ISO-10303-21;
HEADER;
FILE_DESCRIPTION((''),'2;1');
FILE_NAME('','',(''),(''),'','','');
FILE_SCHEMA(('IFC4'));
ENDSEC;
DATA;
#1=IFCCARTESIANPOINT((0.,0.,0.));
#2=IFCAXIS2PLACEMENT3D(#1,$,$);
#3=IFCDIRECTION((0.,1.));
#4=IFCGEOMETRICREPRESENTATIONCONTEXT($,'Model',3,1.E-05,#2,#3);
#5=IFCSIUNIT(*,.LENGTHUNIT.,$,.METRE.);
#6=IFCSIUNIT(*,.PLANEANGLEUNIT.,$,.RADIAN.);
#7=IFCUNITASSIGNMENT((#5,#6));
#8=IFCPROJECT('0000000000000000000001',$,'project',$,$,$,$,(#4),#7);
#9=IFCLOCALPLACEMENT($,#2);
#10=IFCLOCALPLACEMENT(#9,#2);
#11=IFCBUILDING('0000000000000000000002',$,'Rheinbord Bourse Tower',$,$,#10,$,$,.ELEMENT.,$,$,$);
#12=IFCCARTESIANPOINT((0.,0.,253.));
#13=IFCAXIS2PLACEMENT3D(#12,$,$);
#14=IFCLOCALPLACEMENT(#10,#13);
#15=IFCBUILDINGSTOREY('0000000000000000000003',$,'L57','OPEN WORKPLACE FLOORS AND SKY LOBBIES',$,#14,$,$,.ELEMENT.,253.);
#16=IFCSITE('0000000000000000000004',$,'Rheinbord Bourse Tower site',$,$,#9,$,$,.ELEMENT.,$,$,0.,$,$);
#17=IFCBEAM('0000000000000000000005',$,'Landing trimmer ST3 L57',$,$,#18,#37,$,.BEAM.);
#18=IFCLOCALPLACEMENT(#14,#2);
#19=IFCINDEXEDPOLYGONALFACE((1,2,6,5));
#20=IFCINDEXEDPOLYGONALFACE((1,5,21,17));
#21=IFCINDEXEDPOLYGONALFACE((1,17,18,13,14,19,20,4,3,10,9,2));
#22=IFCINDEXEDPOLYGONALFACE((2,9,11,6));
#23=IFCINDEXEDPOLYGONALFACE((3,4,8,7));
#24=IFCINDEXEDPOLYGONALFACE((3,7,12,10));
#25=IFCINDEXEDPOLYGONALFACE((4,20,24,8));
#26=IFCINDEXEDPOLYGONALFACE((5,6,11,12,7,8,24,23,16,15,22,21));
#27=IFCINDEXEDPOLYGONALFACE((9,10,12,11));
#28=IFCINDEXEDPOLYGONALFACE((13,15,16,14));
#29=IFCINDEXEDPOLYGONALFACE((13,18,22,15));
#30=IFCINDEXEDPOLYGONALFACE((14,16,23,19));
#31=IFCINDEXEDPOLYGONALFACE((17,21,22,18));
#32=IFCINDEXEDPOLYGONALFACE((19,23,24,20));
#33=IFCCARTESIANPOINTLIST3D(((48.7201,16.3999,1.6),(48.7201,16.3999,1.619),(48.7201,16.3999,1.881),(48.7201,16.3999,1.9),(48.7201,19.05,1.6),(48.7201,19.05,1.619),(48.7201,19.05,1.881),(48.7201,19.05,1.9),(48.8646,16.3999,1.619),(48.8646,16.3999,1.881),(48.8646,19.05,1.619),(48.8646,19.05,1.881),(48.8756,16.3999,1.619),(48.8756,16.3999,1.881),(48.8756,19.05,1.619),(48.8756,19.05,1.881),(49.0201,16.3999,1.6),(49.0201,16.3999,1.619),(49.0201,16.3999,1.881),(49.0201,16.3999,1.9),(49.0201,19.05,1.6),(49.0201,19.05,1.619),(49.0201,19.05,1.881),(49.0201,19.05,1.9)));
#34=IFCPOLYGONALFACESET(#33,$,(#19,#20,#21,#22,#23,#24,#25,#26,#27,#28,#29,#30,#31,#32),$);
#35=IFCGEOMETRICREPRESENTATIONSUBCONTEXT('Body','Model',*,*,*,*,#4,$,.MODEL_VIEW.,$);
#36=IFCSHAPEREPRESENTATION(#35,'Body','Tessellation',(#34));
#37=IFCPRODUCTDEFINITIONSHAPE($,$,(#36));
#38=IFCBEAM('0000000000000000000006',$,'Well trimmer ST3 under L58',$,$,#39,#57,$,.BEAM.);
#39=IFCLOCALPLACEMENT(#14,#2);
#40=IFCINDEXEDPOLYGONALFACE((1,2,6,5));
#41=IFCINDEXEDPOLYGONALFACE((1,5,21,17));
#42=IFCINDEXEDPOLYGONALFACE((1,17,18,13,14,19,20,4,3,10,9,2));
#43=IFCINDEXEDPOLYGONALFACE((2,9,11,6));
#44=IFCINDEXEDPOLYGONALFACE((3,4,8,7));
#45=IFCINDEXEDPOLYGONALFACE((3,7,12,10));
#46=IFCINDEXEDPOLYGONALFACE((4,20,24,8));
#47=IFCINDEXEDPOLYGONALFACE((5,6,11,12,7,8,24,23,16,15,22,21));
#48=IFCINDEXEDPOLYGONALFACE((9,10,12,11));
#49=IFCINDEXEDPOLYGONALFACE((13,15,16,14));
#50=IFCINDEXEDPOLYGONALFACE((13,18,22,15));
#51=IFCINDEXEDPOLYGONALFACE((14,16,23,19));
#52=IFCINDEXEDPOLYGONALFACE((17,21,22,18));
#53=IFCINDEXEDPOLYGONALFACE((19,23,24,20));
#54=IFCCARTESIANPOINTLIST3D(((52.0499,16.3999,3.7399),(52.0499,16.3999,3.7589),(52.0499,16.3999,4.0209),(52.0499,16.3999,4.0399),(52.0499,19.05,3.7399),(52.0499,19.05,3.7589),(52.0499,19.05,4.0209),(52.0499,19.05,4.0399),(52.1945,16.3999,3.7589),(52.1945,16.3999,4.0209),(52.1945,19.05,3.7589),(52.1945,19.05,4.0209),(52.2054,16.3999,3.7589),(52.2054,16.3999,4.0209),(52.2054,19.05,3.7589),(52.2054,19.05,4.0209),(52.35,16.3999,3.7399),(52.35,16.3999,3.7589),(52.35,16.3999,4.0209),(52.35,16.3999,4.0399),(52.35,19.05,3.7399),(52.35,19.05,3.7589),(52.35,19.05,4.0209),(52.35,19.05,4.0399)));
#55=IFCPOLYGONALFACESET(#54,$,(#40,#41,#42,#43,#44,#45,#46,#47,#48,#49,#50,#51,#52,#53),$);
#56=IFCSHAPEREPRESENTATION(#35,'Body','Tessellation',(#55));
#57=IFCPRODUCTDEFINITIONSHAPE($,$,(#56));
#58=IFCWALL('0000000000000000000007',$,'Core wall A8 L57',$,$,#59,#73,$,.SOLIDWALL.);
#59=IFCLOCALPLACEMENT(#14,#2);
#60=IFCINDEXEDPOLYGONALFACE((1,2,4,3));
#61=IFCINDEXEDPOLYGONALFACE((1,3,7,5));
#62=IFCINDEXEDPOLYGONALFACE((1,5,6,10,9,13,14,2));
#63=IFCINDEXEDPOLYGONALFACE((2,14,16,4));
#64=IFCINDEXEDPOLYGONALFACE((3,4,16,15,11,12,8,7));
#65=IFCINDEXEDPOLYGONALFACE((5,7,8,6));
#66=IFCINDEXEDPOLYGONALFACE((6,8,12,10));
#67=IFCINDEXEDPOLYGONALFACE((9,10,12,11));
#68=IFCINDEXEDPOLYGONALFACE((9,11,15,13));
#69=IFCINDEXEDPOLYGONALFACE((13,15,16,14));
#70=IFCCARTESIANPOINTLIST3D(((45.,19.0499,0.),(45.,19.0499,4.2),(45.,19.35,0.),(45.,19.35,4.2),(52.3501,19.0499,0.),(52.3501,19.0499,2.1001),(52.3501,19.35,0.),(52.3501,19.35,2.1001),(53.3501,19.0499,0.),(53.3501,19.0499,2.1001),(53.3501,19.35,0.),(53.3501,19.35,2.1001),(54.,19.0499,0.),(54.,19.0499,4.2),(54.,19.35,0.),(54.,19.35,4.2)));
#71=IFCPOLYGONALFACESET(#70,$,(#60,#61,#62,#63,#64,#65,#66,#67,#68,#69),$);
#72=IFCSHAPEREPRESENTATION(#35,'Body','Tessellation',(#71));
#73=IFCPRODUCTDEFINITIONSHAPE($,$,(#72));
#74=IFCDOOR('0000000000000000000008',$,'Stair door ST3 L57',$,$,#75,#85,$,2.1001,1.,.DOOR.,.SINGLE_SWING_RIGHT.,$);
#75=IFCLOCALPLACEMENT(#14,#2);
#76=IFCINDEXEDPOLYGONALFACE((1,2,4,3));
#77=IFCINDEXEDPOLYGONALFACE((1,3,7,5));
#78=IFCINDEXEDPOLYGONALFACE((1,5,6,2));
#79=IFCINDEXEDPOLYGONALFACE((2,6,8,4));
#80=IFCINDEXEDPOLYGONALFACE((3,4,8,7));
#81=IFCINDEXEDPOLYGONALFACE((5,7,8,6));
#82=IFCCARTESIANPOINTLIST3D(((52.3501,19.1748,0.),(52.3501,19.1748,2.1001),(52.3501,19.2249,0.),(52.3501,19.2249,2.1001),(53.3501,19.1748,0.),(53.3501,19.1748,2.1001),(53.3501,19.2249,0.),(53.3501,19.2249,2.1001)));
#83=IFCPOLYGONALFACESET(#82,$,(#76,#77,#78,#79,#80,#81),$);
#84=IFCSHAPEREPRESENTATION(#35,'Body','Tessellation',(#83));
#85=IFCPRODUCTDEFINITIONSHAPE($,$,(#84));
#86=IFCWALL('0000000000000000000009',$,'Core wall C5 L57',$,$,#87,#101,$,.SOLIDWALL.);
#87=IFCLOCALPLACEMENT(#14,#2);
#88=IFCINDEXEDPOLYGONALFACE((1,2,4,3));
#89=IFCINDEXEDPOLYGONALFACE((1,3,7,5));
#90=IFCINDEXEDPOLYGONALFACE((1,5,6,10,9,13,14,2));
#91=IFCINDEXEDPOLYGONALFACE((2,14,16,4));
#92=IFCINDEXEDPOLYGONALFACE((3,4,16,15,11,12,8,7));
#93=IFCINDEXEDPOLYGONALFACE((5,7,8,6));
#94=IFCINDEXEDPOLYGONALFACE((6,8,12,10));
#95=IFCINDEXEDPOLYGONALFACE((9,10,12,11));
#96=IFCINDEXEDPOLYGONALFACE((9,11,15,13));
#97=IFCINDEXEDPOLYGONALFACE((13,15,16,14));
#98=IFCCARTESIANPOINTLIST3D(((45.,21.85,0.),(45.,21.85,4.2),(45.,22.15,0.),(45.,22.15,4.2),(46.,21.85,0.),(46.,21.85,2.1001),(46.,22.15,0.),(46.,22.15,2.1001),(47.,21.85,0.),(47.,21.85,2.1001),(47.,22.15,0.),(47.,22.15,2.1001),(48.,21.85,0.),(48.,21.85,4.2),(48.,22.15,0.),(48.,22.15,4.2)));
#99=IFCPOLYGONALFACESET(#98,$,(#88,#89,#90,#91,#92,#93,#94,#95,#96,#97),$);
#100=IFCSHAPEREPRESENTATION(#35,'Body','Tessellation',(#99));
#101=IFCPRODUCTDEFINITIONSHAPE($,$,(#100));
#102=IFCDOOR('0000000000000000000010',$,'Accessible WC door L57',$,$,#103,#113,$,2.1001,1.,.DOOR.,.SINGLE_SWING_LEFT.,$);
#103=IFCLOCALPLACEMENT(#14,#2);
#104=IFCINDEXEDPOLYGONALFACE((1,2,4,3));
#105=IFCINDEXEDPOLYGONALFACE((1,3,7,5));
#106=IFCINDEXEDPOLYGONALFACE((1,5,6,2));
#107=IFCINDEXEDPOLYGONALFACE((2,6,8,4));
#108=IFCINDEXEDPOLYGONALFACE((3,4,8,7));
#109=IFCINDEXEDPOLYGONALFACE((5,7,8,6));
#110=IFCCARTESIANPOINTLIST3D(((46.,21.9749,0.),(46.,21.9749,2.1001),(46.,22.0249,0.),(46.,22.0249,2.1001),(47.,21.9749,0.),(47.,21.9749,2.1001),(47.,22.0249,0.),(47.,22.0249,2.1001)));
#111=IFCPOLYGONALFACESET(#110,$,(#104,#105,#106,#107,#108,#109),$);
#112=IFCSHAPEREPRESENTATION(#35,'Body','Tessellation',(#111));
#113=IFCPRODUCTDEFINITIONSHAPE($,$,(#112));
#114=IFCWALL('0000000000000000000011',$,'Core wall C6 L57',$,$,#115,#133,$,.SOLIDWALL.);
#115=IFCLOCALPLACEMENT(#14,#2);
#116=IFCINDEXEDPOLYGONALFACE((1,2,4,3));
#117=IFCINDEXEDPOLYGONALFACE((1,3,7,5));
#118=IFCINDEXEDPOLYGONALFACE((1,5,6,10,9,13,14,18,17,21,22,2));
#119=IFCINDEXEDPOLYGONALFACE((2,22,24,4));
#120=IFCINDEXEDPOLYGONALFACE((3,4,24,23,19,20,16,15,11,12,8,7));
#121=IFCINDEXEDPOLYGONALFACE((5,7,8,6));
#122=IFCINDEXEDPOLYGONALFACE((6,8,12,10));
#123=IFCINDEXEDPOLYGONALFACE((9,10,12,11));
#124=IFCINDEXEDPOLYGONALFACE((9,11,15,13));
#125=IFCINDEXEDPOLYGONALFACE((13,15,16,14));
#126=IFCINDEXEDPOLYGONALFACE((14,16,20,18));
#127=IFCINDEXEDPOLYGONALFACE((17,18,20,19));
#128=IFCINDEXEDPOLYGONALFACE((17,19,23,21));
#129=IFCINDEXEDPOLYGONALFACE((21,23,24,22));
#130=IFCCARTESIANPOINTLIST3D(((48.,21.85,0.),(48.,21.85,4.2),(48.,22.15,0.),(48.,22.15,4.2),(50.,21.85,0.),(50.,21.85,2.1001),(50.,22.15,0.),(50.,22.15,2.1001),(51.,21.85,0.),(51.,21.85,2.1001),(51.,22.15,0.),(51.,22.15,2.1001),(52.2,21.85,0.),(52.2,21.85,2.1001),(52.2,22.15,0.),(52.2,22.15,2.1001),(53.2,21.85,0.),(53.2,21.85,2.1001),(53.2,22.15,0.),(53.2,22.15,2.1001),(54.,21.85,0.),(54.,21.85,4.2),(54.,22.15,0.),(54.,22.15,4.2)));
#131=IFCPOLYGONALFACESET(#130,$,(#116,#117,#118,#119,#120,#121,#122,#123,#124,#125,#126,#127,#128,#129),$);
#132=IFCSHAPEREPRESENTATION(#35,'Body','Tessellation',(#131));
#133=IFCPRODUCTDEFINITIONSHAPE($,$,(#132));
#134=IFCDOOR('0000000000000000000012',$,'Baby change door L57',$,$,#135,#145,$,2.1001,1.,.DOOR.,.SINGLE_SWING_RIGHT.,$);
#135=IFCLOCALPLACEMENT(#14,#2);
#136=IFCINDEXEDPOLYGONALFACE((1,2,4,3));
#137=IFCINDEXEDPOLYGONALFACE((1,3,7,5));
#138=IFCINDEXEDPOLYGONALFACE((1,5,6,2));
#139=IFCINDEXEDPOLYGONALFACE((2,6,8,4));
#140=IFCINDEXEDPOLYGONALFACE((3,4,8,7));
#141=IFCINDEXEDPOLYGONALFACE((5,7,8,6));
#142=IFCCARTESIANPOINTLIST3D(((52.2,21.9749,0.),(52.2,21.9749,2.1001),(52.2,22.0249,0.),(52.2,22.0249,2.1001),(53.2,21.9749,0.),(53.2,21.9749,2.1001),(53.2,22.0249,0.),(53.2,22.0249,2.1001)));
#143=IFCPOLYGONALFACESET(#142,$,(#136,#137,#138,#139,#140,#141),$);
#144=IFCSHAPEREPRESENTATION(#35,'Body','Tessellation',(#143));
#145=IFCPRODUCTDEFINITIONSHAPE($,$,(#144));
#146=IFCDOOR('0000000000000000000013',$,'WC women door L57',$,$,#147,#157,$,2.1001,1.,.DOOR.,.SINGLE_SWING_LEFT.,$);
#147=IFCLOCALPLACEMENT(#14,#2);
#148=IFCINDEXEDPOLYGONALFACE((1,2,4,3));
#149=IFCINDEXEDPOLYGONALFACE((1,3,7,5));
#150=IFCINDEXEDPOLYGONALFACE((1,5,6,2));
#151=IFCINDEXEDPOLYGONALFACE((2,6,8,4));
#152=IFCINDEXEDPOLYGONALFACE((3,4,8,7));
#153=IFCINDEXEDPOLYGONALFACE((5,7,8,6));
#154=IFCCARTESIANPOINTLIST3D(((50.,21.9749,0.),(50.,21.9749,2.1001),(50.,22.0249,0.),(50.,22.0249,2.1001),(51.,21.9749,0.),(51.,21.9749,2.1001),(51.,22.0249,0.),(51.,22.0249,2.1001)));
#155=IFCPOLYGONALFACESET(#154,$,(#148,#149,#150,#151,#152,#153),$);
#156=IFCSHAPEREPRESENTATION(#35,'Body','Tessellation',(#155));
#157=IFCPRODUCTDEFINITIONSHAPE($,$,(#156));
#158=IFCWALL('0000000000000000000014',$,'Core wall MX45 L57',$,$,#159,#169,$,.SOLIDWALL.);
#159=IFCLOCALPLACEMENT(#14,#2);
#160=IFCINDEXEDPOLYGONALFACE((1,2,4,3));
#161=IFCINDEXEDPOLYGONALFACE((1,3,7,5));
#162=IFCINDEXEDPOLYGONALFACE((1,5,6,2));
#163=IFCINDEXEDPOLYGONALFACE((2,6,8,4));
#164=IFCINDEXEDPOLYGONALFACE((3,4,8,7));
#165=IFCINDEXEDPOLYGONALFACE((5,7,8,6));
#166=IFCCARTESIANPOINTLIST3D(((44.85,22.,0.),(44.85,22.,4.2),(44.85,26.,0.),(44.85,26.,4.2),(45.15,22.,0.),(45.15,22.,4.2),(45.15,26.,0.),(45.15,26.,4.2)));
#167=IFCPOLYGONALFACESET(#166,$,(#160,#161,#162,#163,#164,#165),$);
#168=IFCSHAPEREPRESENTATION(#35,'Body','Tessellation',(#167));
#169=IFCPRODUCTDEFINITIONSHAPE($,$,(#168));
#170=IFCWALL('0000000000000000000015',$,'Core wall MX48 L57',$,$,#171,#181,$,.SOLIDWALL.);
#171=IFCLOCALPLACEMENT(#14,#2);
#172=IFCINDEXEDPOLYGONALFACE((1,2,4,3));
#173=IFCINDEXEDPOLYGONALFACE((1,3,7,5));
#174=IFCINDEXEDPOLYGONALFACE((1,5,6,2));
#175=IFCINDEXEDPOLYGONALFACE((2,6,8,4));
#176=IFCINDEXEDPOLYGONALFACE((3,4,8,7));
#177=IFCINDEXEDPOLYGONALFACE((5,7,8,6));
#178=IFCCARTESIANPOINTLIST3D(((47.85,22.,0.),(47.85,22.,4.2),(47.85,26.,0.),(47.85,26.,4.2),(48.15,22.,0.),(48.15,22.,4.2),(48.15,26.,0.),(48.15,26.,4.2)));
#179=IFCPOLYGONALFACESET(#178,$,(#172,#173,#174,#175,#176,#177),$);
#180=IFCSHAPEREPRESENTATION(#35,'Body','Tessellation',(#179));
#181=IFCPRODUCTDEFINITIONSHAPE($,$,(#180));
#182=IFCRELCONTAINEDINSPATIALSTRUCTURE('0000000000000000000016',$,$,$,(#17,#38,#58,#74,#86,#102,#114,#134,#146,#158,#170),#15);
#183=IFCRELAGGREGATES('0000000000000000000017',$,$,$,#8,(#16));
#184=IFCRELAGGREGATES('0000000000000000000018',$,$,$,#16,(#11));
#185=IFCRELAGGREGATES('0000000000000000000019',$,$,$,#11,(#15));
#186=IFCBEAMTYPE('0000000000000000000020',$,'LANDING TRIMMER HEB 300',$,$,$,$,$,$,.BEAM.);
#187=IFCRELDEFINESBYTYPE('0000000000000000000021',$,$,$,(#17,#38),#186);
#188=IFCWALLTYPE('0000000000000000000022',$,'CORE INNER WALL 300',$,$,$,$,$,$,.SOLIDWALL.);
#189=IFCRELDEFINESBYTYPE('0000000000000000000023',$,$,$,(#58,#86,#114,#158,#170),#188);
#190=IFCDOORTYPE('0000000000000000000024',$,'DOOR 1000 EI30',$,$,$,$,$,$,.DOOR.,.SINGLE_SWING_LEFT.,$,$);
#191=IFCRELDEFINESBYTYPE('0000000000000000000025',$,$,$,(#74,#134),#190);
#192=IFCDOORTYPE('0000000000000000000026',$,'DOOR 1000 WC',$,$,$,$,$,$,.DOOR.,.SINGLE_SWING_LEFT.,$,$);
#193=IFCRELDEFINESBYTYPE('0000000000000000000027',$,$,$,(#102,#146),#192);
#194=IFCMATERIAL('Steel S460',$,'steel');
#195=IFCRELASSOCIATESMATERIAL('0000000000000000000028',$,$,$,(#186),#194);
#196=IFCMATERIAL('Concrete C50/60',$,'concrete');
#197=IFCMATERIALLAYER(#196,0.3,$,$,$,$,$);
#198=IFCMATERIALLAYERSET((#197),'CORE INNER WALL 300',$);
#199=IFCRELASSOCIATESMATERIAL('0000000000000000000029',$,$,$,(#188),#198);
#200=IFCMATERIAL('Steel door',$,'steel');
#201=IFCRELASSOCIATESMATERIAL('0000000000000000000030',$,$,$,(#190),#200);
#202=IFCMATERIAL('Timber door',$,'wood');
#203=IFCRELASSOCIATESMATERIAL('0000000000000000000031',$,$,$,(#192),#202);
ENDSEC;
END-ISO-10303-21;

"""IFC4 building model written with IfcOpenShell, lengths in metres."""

from ifc_helpers import new_model, si_unit, direction, frame, frame_2d, origin, origin_2d, place, context, subcontext, project, spatial, rectangle, i_section, extrude, material, layer, layer_set, material_profile, profile_set, type_object, element, fill, save


model = new_model("IFC4")

# Units and contexts
model_context = context("Model", 3, precision=1e-05, world=origin(), true_north=direction((0.0, 1.0)))
body_context = subcontext(model_context, "Body", "Model", "MODEL_VIEW")
ifc_project = project(units=[si_unit("LENGTHUNIT", "METRE"), si_unit("PLANEANGLEUNIT", "RADIAN")], contexts=[model_context])

# Site, building, storey
site_placement = place(None, origin())
site = spatial("IfcSite", under=ifc_project, at=site_placement, Name="Rheinbord Bourse Tower site", CompositionType="ELEMENT", RefElevation=0.0)
building_placement = place(site_placement, origin())
building = spatial("IfcBuilding", under=site, at=building_placement, Name="Rheinbord Bourse Tower", CompositionType="ELEMENT")
storey_placement = place(building_placement, frame((0.0, 0.0, 253.0)))
storey = spatial("IfcBuildingStorey", under=building, at=storey_placement, Name="L57", Description="OPEN WORKPLACE FLOORS AND SKY LOBBIES", CompositionType="ELEMENT", Elevation=253.0)

# Beams
ifc_material_1 = material(Name="Steel S460", Category="steel")
ifc_material_profile = material_profile(ifc_material_1, i_section(OverallWidth=0.3, OverallDepth=0.3, WebThickness=0.011, FlangeThickness=0.019, at=origin_2d()), Name="HEB 300")
ifc_profile_set = profile_set([ifc_material_profile], Name="Steel S460")
beam_type = type_object("IfcBeamType", Name="LANDING TRIMMER HEB 300", PredefinedType="BEAM", material=ifc_profile_set)
for number, where, z_axis, x_axis, name in (
    (1, (48.8701, 16.3999, 1.75), (0.0, 1.0, 0.0), (-1.0, 0.0, 0.0), "Landing trimmer ST3 L57"),
    (2, (52.2, 16.3999, 3.8899), (0.0, 1.0, 0.0), (-1.0, 0.0, 0.0), "Well trimmer ST3 under L58"),
):
    element("IfcBeam", number, at=place(storey_placement, frame(where, z_axis=z_axis, x_axis=x_axis)), inside=storey, type_object=beam_type, Name=name, PredefinedType="BEAM", context=body_context, shape_type="SweptSolid", body=[
        extrude(i_section(OverallWidth=0.3, OverallDepth=0.3, WebThickness=0.011, FlangeThickness=0.019, at=origin_2d()), origin(), (0.0, 0.0, 1.0), 2.6501),
    ])

# Walls, openings, doors
ifc_material_2 = material(Name="Concrete C50/60", Category="concrete")
ifc_layer_1 = layer(ifc_material_2, 0.3)
ifc_layer_set_1 = layer_set([ifc_layer_1], Name="CORE INNER WALL 300")
wall_type_1 = type_object("IfcWallType", Name="CORE INNER WALL 300", PredefinedType="SOLIDWALL", material=ifc_layer_set_1)
wall_1_placement = place(storey_placement, frame((45.0, 19.2, 0.0), z_axis=(0.0, 0.0, 1.0), x_axis=(1.0, 0.0, 0.0)))
wall_1 = element("IfcWall", 3, at=wall_1_placement, inside=storey, type_object=wall_type_1, Name="Core wall A8 L57", PredefinedType="SOLIDWALL", context=body_context, shape_type="SweptSolid", body=[
    extrude(rectangle(XDim=9.0, YDim=0.3, at=frame_2d((4.5, 0.0))), origin(), (0.0, 0.0, 1.0), 4.2),
])
opening_1_placement = place(wall_1_placement, frame((7.3501, 0.0, 0.0)))
opening_1 = element("IfcOpeningElement", 4, at=opening_1_placement, cuts=wall_1, PredefinedType="OPENING", context=body_context, shape_type="SweptSolid", body=[
    extrude(rectangle(XDim=1.0, YDim=2.1001, at=frame_2d((0.5, 1.05))), frame((0.0, 0.1599, 0.0), z_axis=(0.0, -1.0, 0.0), x_axis=(1.0, 0.0, 0.0)), (0.0, 0.0, 1.0), 0.3201),
])
ifc_material_3 = material(Name="Steel door", Category="steel")
door_type_1 = type_object("IfcDoorType", Name="DOOR 1000 EI30", OperationType="SINGLE_SWING_LEFT", PredefinedType="DOOR", material=ifc_material_3)
door_1_placement = place(opening_1_placement, origin())
door_1 = element("IfcDoor", 5, at=door_1_placement, inside=storey, type_object=door_type_1, Name="Stair door ST3 L57", OperationType="SINGLE_SWING_RIGHT", OverallHeight=2.1001, OverallWidth=1.0, PredefinedType="DOOR", context=body_context, shape_type="SweptSolid", body=[
    extrude(rectangle(XDim=1.0, YDim=2.1001, at=frame_2d((0.5, 1.05))), frame((0.0, 0.0249, 0.0), z_axis=(0.0, -1.0, 0.0), x_axis=(1.0, 0.0, 0.0)), (0.0, 0.0, 1.0), 0.05),
])
fill(opening_1, door_1)
wall_2_placement = place(storey_placement, frame((45.0, 22.0, 0.0), z_axis=(0.0, 0.0, 1.0), x_axis=(1.0, 0.0, 0.0)))
wall_2 = element("IfcWall", 6, at=wall_2_placement, inside=storey, type_object=wall_type_1, Name="Core wall C5 L57", PredefinedType="SOLIDWALL", context=body_context, shape_type="SweptSolid", body=[
    extrude(rectangle(XDim=3.0, YDim=0.3, at=frame_2d((1.5, 0.0))), origin(), (0.0, 0.0, 1.0), 4.2),
])
opening_2_placement = place(wall_2_placement, frame((1.0, 0.0, 0.0)))
opening_2 = element("IfcOpeningElement", 7, at=opening_2_placement, cuts=wall_2, PredefinedType="OPENING", context=body_context, shape_type="SweptSolid", body=[
    extrude(rectangle(XDim=1.0, YDim=2.1001, at=frame_2d((0.5, 1.05))), frame((0.0, 0.1599, 0.0), z_axis=(0.0, -1.0, 0.0), x_axis=(1.0, 0.0, 0.0)), (0.0, 0.0, 1.0), 0.3201),
])
ifc_material_4 = material(Name="Timber door", Category="wood")
door_type_2 = type_object("IfcDoorType", Name="DOOR 1000 WC", OperationType="SINGLE_SWING_LEFT", PredefinedType="DOOR", material=ifc_material_4)
door_2_placement = place(opening_2_placement, origin())
door_2 = element("IfcDoor", 8, at=door_2_placement, inside=storey, type_object=door_type_2, Name="Accessible WC door L57", OperationType="SINGLE_SWING_LEFT", OverallHeight=2.1001, OverallWidth=1.0, PredefinedType="DOOR", context=body_context, shape_type="SweptSolid", body=[
    extrude(rectangle(XDim=1.0, YDim=2.1001, at=frame_2d((0.5, 1.05))), frame((0.0, 0.0249, 0.0), z_axis=(0.0, -1.0, 0.0), x_axis=(1.0, 0.0, 0.0)), (0.0, 0.0, 1.0), 0.05),
])
fill(opening_2, door_2)

# Wall, openings, doors
wall_3_placement = place(storey_placement, frame((48.0, 22.0, 0.0), z_axis=(0.0, 0.0, 1.0), x_axis=(1.0, 0.0, 0.0)))
wall_3 = element("IfcWall", 9, at=wall_3_placement, inside=storey, type_object=wall_type_1, Name="Core wall C6 L57", PredefinedType="SOLIDWALL", context=body_context, shape_type="SweptSolid", body=[
    extrude(rectangle(XDim=6.0, YDim=0.3, at=frame_2d((3.0, 0.0))), origin(), (0.0, 0.0, 1.0), 4.2),
])
opening_3_placement = place(wall_3_placement, frame((2.0, 0.0, 0.0)))
opening_3 = element("IfcOpeningElement", 10, at=opening_3_placement, cuts=wall_3, PredefinedType="OPENING", context=body_context, shape_type="SweptSolid", body=[
    extrude(rectangle(XDim=1.0, YDim=2.1001, at=frame_2d((0.5, 1.05))), frame((0.0, 0.1599, 0.0), z_axis=(0.0, -1.0, 0.0), x_axis=(1.0, 0.0, 0.0)), (0.0, 0.0, 1.0), 0.3201),
])
opening_4_placement = place(wall_3_placement, frame((4.2, 0.0, 0.0)))
opening_4 = element("IfcOpeningElement", 11, at=opening_4_placement, cuts=wall_3, PredefinedType="OPENING", context=body_context, shape_type="SweptSolid", body=[
    extrude(rectangle(XDim=1.0, YDim=2.1001, at=frame_2d((0.5, 1.05))), frame((0.0, 0.1599, 0.0), z_axis=(0.0, -1.0, 0.0), x_axis=(1.0, 0.0, 0.0)), (0.0, 0.0, 1.0), 0.3201),
])
door_3_placement = place(opening_4_placement, origin())
door_3 = element("IfcDoor", 12, at=door_3_placement, inside=storey, type_object=door_type_1, Name="Baby change door L57", OperationType="SINGLE_SWING_RIGHT", OverallHeight=2.1001, OverallWidth=1.0, PredefinedType="DOOR", context=body_context, shape_type="SweptSolid", body=[
    extrude(rectangle(XDim=1.0, YDim=2.1001, at=frame_2d((0.5, 1.05))), frame((0.0, 0.0249, 0.0), z_axis=(0.0, -1.0, 0.0), x_axis=(1.0, 0.0, 0.0)), (0.0, 0.0, 1.0), 0.05),
])
fill(opening_4, door_3)
door_4_placement = place(opening_3_placement, origin())
door_4 = element("IfcDoor", 13, at=door_4_placement, inside=storey, type_object=door_type_2, Name="WC women door L57", OperationType="SINGLE_SWING_LEFT", OverallHeight=2.1001, OverallWidth=1.0, PredefinedType="DOOR", context=body_context, shape_type="SweptSolid", body=[
    extrude(rectangle(XDim=1.0, YDim=2.1001, at=frame_2d((0.5, 1.05))), frame((0.0, 0.0249, 0.0), z_axis=(0.0, -1.0, 0.0), x_axis=(1.0, 0.0, 0.0)), (0.0, 0.0, 1.0), 0.05),
])
fill(opening_3, door_4)

# Walls
for number, where, z_axis, x_axis, name in (
    (14, (45.0, 22.0, 0.0), (0.0, 0.0, 1.0), (0.0, 1.0, 0.0), "Core wall MX45 L57"),
    (15, (48.0, 22.0, 0.0), (0.0, 0.0, 1.0), (0.0, 1.0, 0.0), "Core wall MX48 L57"),
):
    element("IfcWall", number, at=place(storey_placement, frame(where, z_axis=z_axis, x_axis=x_axis)), inside=storey, type_object=wall_type_1, Name=name, PredefinedType="SOLIDWALL", context=body_context, shape_type="SweptSolid", body=[
        extrude(rectangle(XDim=4.0, YDim=0.3, at=frame_2d((2.0, 0.0))), origin(), (0.0, 0.0, 1.0), 4.2),
    ])

save(model, "model.ifc")
